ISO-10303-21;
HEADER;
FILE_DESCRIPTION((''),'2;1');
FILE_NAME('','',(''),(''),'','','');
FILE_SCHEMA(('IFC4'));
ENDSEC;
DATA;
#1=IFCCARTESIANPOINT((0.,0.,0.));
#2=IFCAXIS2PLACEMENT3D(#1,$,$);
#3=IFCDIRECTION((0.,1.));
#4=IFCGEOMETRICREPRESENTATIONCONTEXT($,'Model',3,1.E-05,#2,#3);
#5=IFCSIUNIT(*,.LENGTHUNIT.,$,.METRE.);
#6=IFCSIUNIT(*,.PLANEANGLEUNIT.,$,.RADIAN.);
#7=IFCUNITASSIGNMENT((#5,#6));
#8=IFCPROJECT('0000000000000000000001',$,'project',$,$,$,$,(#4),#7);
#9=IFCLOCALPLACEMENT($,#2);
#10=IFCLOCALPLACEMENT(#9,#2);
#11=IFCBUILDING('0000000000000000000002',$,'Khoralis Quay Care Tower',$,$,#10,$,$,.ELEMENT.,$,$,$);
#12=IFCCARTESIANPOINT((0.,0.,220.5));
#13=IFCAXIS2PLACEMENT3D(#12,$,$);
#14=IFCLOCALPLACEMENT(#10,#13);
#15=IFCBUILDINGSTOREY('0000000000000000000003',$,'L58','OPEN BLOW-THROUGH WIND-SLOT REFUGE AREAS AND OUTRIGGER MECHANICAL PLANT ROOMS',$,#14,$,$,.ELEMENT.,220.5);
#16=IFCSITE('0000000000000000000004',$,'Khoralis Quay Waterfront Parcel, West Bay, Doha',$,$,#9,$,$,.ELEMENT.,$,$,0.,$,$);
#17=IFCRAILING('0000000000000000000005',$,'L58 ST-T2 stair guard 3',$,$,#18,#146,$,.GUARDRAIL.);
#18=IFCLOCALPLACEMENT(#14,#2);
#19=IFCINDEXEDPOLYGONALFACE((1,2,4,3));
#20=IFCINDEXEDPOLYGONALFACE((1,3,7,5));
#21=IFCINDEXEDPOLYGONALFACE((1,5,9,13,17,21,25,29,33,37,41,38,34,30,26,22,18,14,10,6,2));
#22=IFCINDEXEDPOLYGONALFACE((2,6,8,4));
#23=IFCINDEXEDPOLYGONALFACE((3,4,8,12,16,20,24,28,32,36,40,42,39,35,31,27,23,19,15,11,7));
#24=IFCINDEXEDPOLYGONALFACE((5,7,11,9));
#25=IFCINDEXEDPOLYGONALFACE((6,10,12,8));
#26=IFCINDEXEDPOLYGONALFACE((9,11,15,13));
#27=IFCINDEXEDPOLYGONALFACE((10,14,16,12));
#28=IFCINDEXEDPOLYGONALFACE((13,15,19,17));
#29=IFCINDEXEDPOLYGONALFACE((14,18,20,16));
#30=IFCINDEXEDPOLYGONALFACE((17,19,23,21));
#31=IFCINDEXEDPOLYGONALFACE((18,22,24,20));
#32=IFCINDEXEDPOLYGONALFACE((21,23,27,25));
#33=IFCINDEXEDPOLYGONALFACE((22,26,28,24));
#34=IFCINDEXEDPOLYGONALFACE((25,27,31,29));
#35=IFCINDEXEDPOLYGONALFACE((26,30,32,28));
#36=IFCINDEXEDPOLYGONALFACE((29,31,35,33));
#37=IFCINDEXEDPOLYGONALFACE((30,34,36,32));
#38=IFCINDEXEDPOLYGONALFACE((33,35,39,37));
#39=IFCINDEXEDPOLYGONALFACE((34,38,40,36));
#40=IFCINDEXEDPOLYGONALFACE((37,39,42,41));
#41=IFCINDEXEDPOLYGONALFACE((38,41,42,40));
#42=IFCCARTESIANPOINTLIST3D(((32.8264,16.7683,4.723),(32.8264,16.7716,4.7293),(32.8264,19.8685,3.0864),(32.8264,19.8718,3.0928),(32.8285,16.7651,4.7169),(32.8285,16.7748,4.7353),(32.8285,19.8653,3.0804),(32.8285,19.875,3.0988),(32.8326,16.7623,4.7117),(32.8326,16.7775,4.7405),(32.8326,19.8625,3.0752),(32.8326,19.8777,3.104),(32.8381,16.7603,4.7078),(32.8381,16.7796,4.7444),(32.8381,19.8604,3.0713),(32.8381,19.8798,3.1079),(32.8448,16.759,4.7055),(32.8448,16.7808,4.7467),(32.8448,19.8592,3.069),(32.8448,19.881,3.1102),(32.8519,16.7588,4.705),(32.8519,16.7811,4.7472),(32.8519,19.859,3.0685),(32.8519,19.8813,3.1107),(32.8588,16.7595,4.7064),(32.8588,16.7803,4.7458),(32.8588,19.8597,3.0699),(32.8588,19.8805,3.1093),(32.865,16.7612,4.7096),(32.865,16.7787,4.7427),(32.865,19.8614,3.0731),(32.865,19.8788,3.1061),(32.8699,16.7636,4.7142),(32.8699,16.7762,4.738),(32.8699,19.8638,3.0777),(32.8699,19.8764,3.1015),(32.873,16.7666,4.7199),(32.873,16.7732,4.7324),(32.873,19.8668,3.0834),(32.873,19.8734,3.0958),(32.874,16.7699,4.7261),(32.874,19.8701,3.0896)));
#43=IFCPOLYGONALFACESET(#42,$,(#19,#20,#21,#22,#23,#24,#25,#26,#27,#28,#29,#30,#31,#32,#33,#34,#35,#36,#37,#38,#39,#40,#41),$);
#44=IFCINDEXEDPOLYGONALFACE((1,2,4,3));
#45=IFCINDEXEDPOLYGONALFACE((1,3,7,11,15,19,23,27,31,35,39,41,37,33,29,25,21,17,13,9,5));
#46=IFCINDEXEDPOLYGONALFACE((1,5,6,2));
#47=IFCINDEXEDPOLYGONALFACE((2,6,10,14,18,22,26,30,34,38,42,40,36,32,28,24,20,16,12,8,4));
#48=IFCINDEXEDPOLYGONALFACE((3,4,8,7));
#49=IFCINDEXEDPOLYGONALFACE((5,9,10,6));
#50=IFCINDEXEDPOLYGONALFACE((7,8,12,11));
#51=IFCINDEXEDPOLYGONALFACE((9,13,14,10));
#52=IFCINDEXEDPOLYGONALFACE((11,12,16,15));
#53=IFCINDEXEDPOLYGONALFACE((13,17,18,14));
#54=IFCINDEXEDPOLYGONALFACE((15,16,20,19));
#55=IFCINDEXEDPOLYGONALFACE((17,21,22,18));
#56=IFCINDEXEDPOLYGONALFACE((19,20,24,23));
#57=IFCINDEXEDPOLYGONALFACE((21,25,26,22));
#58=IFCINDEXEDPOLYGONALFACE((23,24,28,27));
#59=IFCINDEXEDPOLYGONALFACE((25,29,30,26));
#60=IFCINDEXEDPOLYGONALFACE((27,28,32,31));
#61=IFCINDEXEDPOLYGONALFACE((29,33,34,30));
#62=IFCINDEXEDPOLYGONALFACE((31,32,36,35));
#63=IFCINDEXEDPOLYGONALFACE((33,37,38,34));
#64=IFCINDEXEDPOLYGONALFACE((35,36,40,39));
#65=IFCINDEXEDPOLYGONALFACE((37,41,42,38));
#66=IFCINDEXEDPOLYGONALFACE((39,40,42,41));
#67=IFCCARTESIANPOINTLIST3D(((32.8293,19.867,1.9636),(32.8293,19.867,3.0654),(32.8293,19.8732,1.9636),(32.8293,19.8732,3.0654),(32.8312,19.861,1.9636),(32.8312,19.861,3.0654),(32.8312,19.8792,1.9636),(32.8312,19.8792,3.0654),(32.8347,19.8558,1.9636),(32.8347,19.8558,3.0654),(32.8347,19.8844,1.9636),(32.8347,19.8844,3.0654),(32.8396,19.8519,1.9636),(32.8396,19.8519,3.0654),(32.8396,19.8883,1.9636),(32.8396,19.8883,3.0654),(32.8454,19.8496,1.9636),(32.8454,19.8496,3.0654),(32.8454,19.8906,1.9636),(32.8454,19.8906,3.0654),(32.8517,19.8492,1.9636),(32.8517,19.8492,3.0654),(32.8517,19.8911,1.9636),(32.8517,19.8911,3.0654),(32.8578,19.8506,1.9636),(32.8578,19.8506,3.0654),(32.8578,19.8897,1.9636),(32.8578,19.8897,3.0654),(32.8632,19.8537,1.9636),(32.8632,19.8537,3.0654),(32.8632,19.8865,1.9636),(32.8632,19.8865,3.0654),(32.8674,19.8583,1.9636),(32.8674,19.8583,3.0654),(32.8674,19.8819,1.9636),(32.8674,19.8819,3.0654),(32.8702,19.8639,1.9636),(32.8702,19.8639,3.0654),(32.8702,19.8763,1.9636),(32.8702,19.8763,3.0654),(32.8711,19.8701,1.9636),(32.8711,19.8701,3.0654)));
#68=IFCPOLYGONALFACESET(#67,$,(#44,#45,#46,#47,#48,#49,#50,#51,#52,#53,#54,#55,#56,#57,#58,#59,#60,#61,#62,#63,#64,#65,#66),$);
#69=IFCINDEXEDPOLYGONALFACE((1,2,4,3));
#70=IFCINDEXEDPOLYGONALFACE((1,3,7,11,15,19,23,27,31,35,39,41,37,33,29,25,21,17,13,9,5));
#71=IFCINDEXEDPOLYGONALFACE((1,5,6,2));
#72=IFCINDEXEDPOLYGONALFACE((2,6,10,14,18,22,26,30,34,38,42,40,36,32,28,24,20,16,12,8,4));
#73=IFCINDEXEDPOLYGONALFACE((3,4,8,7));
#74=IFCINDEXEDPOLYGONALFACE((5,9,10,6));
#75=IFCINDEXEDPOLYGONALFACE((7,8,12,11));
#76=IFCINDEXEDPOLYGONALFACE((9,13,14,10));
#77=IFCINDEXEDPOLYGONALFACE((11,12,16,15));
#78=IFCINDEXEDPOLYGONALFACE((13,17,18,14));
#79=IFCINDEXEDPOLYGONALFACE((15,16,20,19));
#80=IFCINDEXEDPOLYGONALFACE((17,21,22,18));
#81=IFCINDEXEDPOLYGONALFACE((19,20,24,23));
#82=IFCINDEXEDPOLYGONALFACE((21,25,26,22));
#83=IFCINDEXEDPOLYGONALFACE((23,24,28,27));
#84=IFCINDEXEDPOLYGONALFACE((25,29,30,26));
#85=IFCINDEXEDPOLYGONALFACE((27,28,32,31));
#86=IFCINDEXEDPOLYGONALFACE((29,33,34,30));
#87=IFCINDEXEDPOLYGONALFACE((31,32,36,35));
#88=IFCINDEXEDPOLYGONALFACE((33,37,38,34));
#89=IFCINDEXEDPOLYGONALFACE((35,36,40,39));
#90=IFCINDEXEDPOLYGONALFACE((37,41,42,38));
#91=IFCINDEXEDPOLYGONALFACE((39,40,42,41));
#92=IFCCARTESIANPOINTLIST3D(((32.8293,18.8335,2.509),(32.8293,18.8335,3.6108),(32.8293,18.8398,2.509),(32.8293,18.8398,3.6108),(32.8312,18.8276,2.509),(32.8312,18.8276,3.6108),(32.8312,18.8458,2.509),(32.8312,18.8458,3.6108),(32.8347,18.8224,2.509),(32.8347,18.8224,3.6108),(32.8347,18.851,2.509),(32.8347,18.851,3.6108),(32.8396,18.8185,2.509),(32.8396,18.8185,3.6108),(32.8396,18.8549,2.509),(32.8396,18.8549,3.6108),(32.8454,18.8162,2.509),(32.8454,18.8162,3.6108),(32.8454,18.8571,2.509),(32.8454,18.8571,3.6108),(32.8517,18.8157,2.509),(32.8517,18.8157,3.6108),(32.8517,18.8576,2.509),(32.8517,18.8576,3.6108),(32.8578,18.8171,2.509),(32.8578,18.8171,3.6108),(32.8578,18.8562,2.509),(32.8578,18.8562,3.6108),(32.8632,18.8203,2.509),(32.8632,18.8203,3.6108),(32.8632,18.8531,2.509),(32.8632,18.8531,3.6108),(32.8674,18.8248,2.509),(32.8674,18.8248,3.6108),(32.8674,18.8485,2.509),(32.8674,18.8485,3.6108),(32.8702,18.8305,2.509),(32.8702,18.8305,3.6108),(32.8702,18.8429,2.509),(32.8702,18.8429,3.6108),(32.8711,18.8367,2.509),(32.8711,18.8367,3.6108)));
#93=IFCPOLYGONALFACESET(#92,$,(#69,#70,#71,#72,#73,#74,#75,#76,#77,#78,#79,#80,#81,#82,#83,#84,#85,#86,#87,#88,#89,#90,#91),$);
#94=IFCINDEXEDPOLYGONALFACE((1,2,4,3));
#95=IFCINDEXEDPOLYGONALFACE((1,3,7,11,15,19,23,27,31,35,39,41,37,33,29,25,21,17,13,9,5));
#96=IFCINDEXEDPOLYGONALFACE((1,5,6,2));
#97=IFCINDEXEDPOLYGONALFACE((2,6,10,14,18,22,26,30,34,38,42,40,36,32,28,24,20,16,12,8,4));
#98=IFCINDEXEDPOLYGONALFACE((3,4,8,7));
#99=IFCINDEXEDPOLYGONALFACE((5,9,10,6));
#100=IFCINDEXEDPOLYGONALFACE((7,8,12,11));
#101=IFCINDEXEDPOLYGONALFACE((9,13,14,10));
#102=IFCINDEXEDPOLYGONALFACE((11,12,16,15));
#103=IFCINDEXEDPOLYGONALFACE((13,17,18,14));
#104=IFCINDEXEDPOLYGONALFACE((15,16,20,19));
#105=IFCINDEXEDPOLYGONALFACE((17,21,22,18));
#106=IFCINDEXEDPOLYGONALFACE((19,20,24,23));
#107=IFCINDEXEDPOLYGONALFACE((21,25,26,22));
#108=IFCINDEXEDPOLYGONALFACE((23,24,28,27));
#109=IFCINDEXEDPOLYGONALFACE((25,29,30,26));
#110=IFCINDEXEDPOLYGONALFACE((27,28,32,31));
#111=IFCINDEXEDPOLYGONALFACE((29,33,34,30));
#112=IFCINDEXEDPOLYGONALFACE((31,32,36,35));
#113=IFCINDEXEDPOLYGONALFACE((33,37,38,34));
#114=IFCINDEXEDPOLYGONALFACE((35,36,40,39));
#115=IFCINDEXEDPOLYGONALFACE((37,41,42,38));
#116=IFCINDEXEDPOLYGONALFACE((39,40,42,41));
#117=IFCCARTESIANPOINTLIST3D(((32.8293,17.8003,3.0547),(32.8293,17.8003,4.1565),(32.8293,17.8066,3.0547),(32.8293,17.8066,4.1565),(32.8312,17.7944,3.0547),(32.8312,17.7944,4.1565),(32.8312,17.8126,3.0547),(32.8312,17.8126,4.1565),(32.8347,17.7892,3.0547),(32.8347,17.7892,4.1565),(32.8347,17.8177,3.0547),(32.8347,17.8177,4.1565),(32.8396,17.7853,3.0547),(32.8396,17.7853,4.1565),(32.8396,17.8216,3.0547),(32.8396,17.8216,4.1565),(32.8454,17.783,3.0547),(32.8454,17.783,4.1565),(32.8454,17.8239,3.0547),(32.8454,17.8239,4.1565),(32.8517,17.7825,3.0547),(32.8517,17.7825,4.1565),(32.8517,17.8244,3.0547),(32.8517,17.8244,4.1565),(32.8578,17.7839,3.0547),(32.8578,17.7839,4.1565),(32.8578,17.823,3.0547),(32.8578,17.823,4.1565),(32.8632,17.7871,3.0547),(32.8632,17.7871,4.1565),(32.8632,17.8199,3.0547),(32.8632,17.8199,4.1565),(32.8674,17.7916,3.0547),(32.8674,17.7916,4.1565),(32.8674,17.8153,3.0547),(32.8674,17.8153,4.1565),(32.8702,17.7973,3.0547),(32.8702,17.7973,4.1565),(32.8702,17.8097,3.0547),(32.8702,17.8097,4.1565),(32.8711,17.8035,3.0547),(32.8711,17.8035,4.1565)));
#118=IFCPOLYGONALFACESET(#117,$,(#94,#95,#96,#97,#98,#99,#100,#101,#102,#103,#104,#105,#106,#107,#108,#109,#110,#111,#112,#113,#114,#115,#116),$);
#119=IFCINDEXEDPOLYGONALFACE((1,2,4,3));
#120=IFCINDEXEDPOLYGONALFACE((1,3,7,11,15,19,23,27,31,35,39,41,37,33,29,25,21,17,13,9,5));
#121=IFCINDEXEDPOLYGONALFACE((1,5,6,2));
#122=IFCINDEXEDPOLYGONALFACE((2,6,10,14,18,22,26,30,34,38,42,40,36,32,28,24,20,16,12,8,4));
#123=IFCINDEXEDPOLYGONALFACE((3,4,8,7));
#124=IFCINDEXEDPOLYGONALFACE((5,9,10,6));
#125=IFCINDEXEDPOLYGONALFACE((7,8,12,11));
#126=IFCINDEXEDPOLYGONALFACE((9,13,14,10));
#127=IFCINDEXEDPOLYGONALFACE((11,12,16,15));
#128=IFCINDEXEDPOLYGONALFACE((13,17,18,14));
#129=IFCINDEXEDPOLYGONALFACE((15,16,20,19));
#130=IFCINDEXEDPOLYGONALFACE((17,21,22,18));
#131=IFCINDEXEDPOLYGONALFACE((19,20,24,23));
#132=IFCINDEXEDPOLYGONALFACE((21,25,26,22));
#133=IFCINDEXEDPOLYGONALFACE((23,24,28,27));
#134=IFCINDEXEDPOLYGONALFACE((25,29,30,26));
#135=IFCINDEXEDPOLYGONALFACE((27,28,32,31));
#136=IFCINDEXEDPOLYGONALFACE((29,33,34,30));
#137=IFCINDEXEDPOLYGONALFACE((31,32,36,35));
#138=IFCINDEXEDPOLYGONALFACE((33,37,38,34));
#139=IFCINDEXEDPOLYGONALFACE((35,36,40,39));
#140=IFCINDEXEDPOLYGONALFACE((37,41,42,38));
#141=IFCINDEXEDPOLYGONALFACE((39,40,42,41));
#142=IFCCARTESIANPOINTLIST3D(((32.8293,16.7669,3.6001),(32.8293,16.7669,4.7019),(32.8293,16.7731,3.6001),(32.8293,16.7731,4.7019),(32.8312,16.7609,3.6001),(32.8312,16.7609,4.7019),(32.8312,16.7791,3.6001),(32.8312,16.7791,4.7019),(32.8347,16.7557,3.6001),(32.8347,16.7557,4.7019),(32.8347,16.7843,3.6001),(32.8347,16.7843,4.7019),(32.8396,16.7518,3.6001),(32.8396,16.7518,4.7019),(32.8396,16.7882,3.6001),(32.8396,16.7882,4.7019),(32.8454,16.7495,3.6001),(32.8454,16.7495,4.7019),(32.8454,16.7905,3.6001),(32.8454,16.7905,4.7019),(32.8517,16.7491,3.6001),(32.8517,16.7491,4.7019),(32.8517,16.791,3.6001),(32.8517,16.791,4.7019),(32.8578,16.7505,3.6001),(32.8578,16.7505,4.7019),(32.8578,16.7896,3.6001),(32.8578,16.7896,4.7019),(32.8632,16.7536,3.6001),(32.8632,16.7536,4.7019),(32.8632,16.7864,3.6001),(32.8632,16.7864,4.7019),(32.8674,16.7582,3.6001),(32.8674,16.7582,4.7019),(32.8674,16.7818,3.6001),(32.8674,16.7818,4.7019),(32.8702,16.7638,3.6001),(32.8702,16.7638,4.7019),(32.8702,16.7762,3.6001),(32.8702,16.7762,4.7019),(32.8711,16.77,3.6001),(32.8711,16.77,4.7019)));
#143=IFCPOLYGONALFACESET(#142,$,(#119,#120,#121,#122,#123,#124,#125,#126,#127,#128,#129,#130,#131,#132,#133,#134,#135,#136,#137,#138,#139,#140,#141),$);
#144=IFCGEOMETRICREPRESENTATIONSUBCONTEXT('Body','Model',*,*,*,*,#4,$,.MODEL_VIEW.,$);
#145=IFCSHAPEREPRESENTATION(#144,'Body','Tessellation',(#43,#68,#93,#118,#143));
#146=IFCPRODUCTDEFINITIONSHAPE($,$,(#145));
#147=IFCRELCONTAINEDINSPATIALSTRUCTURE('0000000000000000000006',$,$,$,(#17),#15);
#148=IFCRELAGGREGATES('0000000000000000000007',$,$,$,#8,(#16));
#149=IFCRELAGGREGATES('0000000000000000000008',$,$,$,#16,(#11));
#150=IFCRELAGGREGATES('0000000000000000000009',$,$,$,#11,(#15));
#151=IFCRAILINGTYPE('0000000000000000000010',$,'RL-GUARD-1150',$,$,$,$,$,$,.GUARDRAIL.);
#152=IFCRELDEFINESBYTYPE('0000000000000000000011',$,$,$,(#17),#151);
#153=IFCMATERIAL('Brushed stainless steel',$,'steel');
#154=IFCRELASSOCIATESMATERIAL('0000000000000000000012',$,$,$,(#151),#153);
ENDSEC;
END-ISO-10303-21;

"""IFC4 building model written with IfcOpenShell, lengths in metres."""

from ifc_helpers import new_model, si_unit, direction, frame, origin, origin_2d, place, context, subcontext, project, spatial, circle, extrude, material, type_object, element, save


model = new_model("IFC4")

# Units and contexts
model_context = context("Model", 3, precision=1e-05, world=origin(), true_north=direction((0.0, 1.0)))
body_context = subcontext(model_context, "Body", "Model", "MODEL_VIEW")
ifc_project = project(units=[si_unit("LENGTHUNIT", "METRE"), si_unit("PLANEANGLEUNIT", "RADIAN")], contexts=[model_context])

# Site, building, storey
site_placement = place(None, origin())
site = spatial("IfcSite", under=ifc_project, at=site_placement, Name="Khoralis Quay Waterfront Parcel, West Bay, Doha", CompositionType="ELEMENT", RefElevation=0.0)
building_placement = place(site_placement, origin())
building = spatial("IfcBuilding", under=site, at=building_placement, Name="Khoralis Quay Care Tower", CompositionType="ELEMENT")
storey_placement = place(building_placement, frame((0.0, 0.0, 220.5)))
storey = spatial("IfcBuildingStorey", under=building, at=storey_placement, Name="L58", Description="OPEN BLOW-THROUGH WIND-SLOT REFUGE AREAS AND OUTRIGGER MECHANICAL PLANT ROOMS", CompositionType="ELEMENT", Elevation=220.5)

# Shared definitions
ifc_material_1 = material(Name="Brushed stainless steel", Category="steel")

# Railing
railing_type_1 = type_object("IfcRailingType", Name="RL-GUARD-1150", PredefinedType="GUARDRAIL", material=ifc_material_1)
railing_1_placement = place(storey_placement, frame((32.8501, 19.8701, 1.9636)))
element("IfcRailing", 1, at=railing_1_placement, inside=storey, type_object=railing_type_1, Name="L58 ST-T2 stair guard 3", PredefinedType="GUARDRAIL", context=body_context, shape_type="SweptSolid", body=[
    extrude(circle(Radius=0.0239, at=origin_2d()), frame((0.0, 0.0, 1.126), z_axis=(0.0, -0.884348, 0.466828), x_axis=(1.0, 0.0, 0.0)), (0.0, 0.0, 1.0), 3.5056),
    extrude(circle(Radius=0.021, at=origin_2d()), origin(), (0.0, 0.0, 1.0), 1.1018),
    extrude(circle(Radius=0.021, at=origin_2d()), frame((0.0, -1.0334, 0.5454)), (0.0, 0.0, 1.0), 1.1018),
    extrude(circle(Radius=0.021, at=origin_2d()), frame((0.0, -2.0667, 1.0911)), (0.0, 0.0, 1.0), 1.1018),
    extrude(circle(Radius=0.021, at=origin_2d()), frame((0.0, -3.1001, 1.6365)), (0.0, 0.0, 1.0), 1.1018),
])

save(model, "model.ifc")
